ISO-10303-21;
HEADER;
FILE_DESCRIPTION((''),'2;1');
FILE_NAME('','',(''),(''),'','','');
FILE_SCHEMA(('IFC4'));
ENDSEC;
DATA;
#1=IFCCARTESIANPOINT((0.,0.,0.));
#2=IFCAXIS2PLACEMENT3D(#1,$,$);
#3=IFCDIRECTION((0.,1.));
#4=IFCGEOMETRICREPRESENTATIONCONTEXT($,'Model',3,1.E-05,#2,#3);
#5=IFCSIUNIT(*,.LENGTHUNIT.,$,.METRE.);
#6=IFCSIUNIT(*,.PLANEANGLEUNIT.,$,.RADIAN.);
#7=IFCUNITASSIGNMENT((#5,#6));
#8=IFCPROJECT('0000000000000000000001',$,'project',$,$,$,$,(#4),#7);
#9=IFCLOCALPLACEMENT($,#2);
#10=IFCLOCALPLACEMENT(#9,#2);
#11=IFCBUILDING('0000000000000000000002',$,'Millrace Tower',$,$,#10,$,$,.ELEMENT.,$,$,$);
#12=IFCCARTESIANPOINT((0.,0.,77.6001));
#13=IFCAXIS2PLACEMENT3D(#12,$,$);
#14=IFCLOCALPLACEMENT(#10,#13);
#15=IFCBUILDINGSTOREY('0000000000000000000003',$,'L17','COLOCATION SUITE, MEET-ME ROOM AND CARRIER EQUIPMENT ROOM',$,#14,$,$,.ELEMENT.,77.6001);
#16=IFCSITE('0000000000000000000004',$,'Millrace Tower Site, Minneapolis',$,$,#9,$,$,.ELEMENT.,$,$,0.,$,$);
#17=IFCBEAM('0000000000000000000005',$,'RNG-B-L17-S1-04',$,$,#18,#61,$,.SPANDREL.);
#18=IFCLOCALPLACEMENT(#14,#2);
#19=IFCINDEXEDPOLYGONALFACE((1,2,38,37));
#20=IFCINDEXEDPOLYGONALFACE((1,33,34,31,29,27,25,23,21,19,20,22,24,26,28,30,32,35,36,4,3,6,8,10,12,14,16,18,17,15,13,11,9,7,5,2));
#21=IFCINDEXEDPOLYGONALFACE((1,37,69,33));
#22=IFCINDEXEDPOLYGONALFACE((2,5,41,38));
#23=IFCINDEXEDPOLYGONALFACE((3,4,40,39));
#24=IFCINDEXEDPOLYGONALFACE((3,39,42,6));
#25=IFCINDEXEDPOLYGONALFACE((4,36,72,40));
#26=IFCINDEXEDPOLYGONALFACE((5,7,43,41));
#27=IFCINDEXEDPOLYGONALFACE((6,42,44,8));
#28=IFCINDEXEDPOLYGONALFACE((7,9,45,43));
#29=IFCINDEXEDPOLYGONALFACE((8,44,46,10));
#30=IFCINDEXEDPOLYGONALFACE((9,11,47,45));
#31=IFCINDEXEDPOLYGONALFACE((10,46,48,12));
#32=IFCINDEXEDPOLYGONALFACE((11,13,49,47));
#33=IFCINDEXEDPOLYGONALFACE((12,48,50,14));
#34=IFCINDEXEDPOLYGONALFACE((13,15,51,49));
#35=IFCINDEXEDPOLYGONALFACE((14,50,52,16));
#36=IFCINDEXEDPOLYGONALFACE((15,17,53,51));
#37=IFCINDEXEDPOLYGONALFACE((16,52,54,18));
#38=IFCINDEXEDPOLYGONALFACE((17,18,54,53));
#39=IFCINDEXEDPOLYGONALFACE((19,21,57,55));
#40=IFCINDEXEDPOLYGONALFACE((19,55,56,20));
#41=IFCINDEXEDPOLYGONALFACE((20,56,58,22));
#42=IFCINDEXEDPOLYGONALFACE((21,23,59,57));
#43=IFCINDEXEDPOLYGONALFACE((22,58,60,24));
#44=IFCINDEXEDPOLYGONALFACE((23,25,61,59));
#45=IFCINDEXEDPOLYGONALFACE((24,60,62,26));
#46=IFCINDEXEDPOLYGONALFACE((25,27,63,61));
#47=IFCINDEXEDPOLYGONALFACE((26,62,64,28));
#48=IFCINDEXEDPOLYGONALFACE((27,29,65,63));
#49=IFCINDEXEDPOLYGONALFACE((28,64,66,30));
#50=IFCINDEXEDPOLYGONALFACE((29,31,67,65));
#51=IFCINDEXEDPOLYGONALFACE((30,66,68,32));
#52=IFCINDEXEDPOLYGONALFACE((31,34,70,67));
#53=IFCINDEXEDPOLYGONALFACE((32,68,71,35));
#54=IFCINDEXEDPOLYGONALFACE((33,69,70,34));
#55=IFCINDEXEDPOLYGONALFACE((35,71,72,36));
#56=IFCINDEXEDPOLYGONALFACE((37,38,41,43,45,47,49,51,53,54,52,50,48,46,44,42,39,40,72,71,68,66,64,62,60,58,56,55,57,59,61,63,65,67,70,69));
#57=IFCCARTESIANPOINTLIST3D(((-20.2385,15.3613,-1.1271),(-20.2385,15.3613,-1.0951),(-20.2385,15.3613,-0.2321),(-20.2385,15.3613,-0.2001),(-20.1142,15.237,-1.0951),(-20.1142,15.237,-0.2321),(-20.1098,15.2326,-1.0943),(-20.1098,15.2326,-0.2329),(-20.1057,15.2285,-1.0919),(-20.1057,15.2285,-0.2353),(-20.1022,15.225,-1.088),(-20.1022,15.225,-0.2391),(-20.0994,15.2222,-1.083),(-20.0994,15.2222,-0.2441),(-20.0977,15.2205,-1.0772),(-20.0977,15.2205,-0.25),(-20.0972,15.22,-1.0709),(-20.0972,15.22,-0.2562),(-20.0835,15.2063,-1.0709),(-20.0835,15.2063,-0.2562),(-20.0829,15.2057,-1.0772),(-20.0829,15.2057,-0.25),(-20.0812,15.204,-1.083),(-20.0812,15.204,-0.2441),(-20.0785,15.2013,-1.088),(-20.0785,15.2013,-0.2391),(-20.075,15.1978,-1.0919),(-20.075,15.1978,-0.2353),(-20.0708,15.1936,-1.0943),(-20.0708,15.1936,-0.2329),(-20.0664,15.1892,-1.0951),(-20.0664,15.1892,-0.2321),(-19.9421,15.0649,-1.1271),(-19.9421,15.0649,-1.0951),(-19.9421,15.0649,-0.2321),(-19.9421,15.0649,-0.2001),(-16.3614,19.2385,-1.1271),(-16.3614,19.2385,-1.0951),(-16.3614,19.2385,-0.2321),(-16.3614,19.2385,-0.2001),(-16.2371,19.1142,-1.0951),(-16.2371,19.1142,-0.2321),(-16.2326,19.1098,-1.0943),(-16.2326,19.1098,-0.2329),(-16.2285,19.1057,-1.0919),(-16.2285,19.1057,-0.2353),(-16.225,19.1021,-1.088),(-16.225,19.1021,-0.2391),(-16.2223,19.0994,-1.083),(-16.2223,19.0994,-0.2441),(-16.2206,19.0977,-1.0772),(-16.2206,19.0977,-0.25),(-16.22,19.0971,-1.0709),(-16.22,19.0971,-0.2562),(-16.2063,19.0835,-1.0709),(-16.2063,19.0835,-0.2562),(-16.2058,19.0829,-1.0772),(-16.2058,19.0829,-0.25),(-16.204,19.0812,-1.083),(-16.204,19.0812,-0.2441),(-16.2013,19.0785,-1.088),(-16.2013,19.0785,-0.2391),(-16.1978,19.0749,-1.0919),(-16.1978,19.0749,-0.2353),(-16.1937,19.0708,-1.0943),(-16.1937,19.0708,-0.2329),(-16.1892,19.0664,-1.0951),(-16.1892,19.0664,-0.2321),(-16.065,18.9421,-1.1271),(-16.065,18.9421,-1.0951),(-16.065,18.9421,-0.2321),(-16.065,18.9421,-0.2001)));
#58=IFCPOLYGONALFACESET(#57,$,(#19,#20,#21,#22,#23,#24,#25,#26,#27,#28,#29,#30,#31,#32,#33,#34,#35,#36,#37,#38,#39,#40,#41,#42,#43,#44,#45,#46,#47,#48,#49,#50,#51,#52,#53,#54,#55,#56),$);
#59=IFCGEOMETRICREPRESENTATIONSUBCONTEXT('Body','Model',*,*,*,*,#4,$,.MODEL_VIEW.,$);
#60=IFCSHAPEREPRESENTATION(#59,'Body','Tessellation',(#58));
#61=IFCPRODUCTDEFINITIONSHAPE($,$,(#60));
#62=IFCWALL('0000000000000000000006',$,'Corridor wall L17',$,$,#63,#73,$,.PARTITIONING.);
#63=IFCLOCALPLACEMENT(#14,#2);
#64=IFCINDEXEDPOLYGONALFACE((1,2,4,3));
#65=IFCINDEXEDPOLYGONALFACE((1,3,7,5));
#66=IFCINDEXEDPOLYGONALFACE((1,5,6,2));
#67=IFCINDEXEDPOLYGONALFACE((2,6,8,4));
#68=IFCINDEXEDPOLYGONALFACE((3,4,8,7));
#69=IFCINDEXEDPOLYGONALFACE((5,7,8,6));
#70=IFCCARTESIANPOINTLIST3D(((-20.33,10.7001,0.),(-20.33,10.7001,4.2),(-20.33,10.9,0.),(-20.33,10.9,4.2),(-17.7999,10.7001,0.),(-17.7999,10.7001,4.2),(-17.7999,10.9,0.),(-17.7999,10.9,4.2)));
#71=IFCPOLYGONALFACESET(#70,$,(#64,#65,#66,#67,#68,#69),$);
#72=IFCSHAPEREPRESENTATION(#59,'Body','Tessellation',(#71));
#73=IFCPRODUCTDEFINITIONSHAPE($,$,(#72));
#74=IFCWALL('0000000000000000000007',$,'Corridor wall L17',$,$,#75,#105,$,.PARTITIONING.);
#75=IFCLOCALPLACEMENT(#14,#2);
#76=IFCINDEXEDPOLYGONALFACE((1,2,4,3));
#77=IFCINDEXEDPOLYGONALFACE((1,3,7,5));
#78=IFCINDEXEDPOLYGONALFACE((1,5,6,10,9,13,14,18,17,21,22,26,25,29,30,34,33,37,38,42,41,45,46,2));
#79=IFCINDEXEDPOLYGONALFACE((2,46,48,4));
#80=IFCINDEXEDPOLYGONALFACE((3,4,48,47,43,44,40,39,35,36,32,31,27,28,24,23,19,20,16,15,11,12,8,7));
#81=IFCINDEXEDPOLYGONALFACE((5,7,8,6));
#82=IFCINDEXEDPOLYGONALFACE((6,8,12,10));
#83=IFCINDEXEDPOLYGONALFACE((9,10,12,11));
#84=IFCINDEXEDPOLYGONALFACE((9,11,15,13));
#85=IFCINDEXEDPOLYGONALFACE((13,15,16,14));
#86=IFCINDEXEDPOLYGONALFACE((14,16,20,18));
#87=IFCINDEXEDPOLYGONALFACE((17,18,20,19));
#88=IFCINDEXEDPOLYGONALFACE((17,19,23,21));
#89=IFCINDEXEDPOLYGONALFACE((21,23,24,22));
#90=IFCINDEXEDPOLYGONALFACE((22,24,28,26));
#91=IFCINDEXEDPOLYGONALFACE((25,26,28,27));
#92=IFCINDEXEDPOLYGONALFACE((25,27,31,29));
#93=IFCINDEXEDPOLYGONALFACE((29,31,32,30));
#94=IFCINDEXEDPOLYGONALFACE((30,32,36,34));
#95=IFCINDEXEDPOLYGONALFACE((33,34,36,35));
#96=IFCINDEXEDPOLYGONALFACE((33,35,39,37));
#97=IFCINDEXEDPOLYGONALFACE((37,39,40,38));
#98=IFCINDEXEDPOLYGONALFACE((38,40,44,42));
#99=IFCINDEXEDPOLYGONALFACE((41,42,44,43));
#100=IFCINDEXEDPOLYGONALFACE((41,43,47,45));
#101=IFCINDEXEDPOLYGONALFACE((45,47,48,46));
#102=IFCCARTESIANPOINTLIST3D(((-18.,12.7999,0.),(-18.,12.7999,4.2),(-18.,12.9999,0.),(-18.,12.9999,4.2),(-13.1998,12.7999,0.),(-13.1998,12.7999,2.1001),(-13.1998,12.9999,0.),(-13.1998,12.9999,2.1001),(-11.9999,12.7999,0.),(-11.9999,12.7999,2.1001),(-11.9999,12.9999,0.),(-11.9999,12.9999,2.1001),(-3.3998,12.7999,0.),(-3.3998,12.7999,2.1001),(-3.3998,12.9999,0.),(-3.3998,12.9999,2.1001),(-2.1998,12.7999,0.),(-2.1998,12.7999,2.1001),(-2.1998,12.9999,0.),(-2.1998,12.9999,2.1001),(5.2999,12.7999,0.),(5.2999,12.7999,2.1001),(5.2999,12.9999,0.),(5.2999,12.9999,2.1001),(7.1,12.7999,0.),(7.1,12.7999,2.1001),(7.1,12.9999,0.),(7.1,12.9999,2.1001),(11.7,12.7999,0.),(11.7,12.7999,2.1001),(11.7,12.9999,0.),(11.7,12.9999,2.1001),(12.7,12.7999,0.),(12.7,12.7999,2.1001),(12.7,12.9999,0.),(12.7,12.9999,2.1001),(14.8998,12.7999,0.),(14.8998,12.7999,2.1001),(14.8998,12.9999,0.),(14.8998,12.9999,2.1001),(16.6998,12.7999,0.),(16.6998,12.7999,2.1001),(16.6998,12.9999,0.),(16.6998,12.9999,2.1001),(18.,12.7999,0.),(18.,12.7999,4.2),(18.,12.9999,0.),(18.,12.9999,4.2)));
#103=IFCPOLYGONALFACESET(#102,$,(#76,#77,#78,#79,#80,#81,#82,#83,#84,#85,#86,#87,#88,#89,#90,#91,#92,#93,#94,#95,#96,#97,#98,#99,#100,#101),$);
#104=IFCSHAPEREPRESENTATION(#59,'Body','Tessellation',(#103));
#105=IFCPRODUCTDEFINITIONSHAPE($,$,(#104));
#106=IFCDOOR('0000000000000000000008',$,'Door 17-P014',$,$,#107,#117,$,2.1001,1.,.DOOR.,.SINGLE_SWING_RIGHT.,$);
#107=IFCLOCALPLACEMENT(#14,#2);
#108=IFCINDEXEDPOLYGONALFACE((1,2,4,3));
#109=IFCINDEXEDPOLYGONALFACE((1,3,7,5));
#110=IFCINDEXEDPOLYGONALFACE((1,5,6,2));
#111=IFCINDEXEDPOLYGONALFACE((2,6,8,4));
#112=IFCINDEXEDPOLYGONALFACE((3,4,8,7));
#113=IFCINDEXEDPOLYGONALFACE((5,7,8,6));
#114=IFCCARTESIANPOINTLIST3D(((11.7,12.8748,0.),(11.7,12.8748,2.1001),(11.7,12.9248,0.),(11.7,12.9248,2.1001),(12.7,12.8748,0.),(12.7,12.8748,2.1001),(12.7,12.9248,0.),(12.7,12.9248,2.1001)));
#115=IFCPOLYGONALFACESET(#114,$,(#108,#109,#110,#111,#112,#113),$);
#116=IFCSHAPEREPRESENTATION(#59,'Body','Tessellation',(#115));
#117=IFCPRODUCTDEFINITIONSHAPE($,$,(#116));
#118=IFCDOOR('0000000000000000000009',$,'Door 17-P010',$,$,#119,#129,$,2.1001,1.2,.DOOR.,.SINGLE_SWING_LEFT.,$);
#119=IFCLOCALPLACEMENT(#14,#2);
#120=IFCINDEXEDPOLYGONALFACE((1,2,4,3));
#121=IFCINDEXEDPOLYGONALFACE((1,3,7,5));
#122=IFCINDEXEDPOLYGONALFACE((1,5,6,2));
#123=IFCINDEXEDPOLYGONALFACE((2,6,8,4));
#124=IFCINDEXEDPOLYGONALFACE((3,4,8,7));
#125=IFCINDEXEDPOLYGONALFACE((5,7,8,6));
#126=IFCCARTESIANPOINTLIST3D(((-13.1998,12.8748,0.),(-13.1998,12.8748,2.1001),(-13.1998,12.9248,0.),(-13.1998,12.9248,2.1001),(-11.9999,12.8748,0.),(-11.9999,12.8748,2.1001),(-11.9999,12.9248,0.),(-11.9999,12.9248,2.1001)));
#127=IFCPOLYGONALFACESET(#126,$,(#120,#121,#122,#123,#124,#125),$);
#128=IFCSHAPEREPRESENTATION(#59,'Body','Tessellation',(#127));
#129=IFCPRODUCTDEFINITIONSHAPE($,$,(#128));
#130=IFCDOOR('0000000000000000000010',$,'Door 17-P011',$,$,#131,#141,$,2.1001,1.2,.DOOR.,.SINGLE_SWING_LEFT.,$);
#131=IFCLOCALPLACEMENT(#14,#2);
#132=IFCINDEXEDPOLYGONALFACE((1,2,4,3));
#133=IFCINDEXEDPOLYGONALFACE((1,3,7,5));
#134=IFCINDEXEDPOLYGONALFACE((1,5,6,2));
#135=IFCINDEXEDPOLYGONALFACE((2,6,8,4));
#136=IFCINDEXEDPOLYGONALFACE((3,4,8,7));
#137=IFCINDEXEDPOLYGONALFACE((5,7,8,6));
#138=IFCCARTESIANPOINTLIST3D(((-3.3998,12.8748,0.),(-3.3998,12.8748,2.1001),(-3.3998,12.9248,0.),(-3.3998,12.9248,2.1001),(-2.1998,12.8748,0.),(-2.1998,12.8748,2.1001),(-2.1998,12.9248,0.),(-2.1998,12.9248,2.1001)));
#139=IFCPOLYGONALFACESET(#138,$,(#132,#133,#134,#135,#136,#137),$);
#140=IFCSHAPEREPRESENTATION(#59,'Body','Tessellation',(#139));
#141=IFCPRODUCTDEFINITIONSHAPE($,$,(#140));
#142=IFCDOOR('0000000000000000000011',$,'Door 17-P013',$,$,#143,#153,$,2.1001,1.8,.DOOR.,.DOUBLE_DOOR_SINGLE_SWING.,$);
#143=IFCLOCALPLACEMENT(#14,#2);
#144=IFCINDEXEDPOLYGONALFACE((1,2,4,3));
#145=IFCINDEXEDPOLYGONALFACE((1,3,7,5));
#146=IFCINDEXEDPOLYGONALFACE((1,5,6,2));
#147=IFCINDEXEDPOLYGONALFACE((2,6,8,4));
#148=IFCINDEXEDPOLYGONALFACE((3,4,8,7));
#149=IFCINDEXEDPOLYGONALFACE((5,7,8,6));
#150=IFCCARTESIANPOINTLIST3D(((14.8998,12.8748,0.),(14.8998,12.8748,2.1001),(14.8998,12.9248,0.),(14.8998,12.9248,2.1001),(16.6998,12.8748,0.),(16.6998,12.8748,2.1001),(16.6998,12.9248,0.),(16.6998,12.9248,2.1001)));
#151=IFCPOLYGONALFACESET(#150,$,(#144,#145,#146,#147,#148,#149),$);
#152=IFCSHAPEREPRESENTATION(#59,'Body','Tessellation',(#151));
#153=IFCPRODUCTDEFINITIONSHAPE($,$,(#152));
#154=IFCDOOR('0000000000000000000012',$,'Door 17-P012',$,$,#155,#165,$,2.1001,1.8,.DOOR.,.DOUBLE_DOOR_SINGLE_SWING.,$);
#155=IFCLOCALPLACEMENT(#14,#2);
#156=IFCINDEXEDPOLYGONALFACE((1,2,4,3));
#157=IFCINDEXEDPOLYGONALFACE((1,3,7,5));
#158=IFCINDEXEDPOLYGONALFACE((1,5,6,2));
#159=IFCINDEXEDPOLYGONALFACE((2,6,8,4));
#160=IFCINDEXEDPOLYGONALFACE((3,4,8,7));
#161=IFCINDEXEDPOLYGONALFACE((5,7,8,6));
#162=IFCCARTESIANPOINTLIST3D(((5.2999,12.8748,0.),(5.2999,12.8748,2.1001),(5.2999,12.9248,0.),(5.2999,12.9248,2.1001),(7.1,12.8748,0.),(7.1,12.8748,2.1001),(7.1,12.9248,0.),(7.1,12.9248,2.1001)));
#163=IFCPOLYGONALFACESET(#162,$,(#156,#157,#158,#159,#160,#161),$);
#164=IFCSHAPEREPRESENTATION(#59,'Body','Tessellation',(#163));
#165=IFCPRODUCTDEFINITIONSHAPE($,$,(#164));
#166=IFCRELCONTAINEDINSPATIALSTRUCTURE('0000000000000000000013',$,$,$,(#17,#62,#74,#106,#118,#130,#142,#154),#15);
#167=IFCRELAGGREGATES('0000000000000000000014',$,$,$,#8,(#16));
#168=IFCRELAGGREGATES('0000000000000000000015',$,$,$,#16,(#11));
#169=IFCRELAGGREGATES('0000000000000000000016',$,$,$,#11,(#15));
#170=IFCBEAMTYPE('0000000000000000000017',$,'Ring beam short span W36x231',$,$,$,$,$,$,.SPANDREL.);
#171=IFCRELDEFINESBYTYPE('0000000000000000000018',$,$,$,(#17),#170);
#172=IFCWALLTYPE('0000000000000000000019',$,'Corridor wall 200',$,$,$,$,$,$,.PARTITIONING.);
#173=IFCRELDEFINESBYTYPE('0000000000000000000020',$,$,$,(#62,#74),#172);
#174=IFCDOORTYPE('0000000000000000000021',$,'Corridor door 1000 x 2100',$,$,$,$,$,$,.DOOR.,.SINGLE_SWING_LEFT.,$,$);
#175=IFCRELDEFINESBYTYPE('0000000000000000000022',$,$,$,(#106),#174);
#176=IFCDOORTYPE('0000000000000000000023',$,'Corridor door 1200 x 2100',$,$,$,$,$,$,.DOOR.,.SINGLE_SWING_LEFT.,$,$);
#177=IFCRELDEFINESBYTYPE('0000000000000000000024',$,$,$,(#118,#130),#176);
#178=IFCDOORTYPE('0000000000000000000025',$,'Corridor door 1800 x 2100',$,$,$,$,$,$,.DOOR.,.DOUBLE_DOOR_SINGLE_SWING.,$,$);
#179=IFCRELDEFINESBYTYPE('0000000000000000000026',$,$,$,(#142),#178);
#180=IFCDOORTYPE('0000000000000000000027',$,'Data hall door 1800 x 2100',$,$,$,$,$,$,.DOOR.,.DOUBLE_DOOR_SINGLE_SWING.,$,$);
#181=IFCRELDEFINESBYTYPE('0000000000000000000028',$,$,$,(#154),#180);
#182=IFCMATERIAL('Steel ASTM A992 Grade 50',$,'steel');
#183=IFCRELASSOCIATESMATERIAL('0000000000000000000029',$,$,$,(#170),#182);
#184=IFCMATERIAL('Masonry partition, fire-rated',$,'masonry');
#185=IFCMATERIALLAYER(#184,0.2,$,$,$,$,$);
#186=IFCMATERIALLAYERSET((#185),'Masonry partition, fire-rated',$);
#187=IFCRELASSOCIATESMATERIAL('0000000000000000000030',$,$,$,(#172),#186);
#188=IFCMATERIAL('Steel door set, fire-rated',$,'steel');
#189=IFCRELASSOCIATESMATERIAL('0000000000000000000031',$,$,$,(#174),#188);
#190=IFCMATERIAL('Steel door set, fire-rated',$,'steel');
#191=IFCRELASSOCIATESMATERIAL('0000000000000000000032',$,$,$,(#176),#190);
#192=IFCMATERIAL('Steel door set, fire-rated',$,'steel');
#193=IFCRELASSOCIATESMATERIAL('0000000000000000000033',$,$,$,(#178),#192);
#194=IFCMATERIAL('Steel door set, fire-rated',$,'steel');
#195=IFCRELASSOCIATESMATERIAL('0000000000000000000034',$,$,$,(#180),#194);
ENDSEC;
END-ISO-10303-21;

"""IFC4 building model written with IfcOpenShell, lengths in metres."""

from ifc_helpers import new_model, si_unit, direction, frame, frame_2d, origin, origin_2d, place, context, subcontext, project, spatial, rectangle, i_section, extrude, material, layer, layer_set, material_profile, profile_set, type_object, element, fill, save


model = new_model("IFC4")

# Units and contexts
model_context = context("Model", 3, precision=1e-05, world=origin(), true_north=direction((0.0, 1.0)))
body_context = subcontext(model_context, "Body", "Model", "MODEL_VIEW")
ifc_project = project(units=[si_unit("LENGTHUNIT", "METRE"), si_unit("PLANEANGLEUNIT", "RADIAN")], contexts=[model_context])

# Site, building, storey
site_placement = place(None, origin())
site = spatial("IfcSite", under=ifc_project, at=site_placement, Name="Millrace Tower Site, Minneapolis", CompositionType="ELEMENT", RefElevation=0.0)
building_placement = place(site_placement, origin())
building = spatial("IfcBuilding", under=site, at=building_placement, Name="Millrace Tower", CompositionType="ELEMENT")
storey_placement = place(building_placement, frame((0.0, 0.0, 77.6001)))
storey = spatial("IfcBuildingStorey", under=building, at=storey_placement, Name="L17", Description="COLOCATION SUITE, MEET-ME ROOM AND CARRIER EQUIPMENT ROOM", CompositionType="ELEMENT", Elevation=77.6001)

# Beam
ifc_material_1 = material(Name="Steel ASTM A992 Grade 50", Category="steel")
ifc_material_profile_1 = material_profile(ifc_material_1, i_section(OverallWidth=0.4192, OverallDepth=0.927, WebThickness=0.0193, FlangeThickness=0.032, FilletRadius=0.0242, at=origin_2d()))
ifc_profile_set_1 = profile_set([ifc_material_profile_1], Name="Steel ASTM A992 Grade 50")
beam_type_1 = type_object("IfcBeamType", Name="Ring beam short span W36x231", PredefinedType="SPANDREL", material=ifc_profile_set_1)
beam_1_placement = place(storey_placement, frame((-20.0903, 15.2131, -0.6636), z_axis=(0.707107, 0.707107, 0.0), x_axis=(-0.707107, 0.707107, 0.0)))
element("IfcBeam", 1, at=beam_1_placement, inside=storey, type_object=beam_type_1, Name="RNG-B-L17-S1-04", PredefinedType="SPANDREL", context=body_context, shape_type="SweptSolid", body=[
    extrude(i_section(OverallWidth=0.4192, OverallDepth=0.927, WebThickness=0.0193, FlangeThickness=0.032, FilletRadius=0.0242, at=origin_2d()), origin(), (0.0, 0.0, 1.0), 5.4832),
])

# Wall
ifc_material_2 = material(Name="Masonry partition, fire-rated", Category="masonry")
ifc_layer_1 = layer(ifc_material_2, 0.2)
ifc_layer_set_1 = layer_set([ifc_layer_1], Name="Masonry partition, fire-rated")
wall_type = type_object("IfcWallType", Name="Corridor wall 200", PredefinedType="PARTITIONING", material=ifc_layer_set_1)
wall_1_placement = place(storey_placement, frame((-20.3301, 10.8, 0.0), z_axis=(0.0, 0.0, 1.0), x_axis=(1.0, 0.0, 0.0)))
element("IfcWall", 2, at=wall_1_placement, inside=storey, type_object=wall_type, Name="Corridor wall L17", PredefinedType="PARTITIONING", context=body_context, shape_type="SweptSolid", body=[
    extrude(rectangle(XDim=2.53, YDim=0.2, at=frame_2d((1.2651, 0.0))), origin(), (0.0, 0.0, 1.0), 4.2),
])

# Wall, openings, doors
wall_2_placement = place(storey_placement, frame((-18.0, 12.8999, 0.0), z_axis=(0.0, 0.0, 1.0), x_axis=(1.0, 0.0, 0.0)))
wall_2 = element("IfcWall", 3, at=wall_2_placement, inside=storey, type_object=wall_type, Name="Corridor wall L17", PredefinedType="PARTITIONING", context=body_context, shape_type="SweptSolid", body=[
    extrude(rectangle(XDim=36.0, YDim=0.2, at=frame_2d((18.0, 0.0))), origin(), (0.0, 0.0, 1.0), 4.2),
])
opening_1_placement = place(wall_2_placement, frame((4.8, 0.0, 0.0)))
opening_1 = element("IfcOpeningElement", 4, at=opening_1_placement, cuts=wall_2, PredefinedType="OPENING", context=body_context, shape_type="SweptSolid", body=[
    extrude(rectangle(XDim=1.2, YDim=2.1001, at=frame_2d((0.6001, 1.05))), frame((0.0, 0.1099, 0.0), z_axis=(0.0, -1.0, 0.0), x_axis=(1.0, 0.0, 0.0)), (0.0, 0.0, 1.0), 0.22),
])
opening_2_placement = place(wall_2_placement, frame((14.6001, 0.0, 0.0)))
opening_2 = element("IfcOpeningElement", 5, at=opening_2_placement, cuts=wall_2, PredefinedType="OPENING", context=body_context, shape_type="SweptSolid", body=[
    extrude(rectangle(XDim=1.2, YDim=2.1001, at=frame_2d((0.6001, 1.05))), frame((0.0, 0.1099, 0.0), z_axis=(0.0, -1.0, 0.0), x_axis=(1.0, 0.0, 0.0)), (0.0, 0.0, 1.0), 0.22),
])
opening_3_placement = place(wall_2_placement, frame((23.3, 0.0, 0.0)))
opening_3 = element("IfcOpeningElement", 6, at=opening_3_placement, cuts=wall_2, PredefinedType="OPENING", context=body_context, shape_type="SweptSolid", body=[
    extrude(rectangle(XDim=1.8, YDim=2.1001, at=frame_2d((0.8999, 1.05))), frame((0.0, 0.1099, 0.0), z_axis=(0.0, -1.0, 0.0), x_axis=(1.0, 0.0, 0.0)), (0.0, 0.0, 1.0), 0.22),
])
opening_4_placement = place(wall_2_placement, frame((32.8999, 0.0, 0.0)))
opening_4 = element("IfcOpeningElement", 7, at=opening_4_placement, cuts=wall_2, PredefinedType="OPENING", context=body_context, shape_type="SweptSolid", body=[
    extrude(rectangle(XDim=1.8, YDim=2.1001, at=frame_2d((0.8999, 1.05))), frame((0.0, 0.1099, 0.0), z_axis=(0.0, -1.0, 0.0), x_axis=(1.0, 0.0, 0.0)), (0.0, 0.0, 1.0), 0.22),
])
opening_5_placement = place(wall_2_placement, frame((29.7, 0.0, 0.0)))
opening_5 = element("IfcOpeningElement", 8, at=opening_5_placement, cuts=wall_2, PredefinedType="OPENING", context=body_context, shape_type="SweptSolid", body=[
    extrude(rectangle(XDim=1.0, YDim=2.1001, at=frame_2d((0.5, 1.05))), frame((0.0, 0.1099, 0.0), z_axis=(0.0, -1.0, 0.0), x_axis=(1.0, 0.0, 0.0)), (0.0, 0.0, 1.0), 0.22),
])
ifc_material_3 = material(Name="Steel door set, fire-rated", Category="steel")
door_type_1 = type_object("IfcDoorType", Name="Corridor door 1000 x 2100", OperationType="SINGLE_SWING_LEFT", PredefinedType="DOOR", material=ifc_material_3)
door_1_placement = place(opening_5_placement, origin())
door_1 = element("IfcDoor", 9, at=door_1_placement, inside=storey, type_object=door_type_1, Name="Door 17-P014", OperationType="SINGLE_SWING_RIGHT", OverallHeight=2.1001, OverallWidth=1.0, PredefinedType="DOOR", context=body_context, shape_type="SweptSolid", body=[
    extrude(rectangle(XDim=1.0, YDim=2.1001, at=frame_2d((0.5, 1.05))), frame((0.0, 0.0249, 0.0), z_axis=(0.0, -1.0, 0.0), x_axis=(1.0, 0.0, 0.0)), (0.0, 0.0, 1.0), 0.05),
])
fill(opening_5, door_1)
ifc_material_4 = material(Name="Steel door set, fire-rated", Category="steel")
door_type_2 = type_object("IfcDoorType", Name="Corridor door 1200 x 2100", OperationType="SINGLE_SWING_LEFT", PredefinedType="DOOR", material=ifc_material_4)
door_2_placement = place(opening_1_placement, origin())
door_2 = element("IfcDoor", 10, at=door_2_placement, inside=storey, type_object=door_type_2, Name="Door 17-P010", OperationType="SINGLE_SWING_LEFT", OverallHeight=2.1001, OverallWidth=1.2, PredefinedType="DOOR", context=body_context, shape_type="SweptSolid", body=[
    extrude(rectangle(XDim=1.2, YDim=2.1001, at=frame_2d((0.6001, 1.05))), frame((0.0, 0.0249, 0.0), z_axis=(0.0, -1.0, 0.0), x_axis=(1.0, 0.0, 0.0)), (0.0, 0.0, 1.0), 0.05),
])
fill(opening_1, door_2)
door_3_placement = place(opening_2_placement, origin())
door_3 = element("IfcDoor", 11, at=door_3_placement, inside=storey, type_object=door_type_2, Name="Door 17-P011", OperationType="SINGLE_SWING_LEFT", OverallHeight=2.1001, OverallWidth=1.2, PredefinedType="DOOR", context=body_context, shape_type="SweptSolid", body=[
    extrude(rectangle(XDim=1.2, YDim=2.1001, at=frame_2d((0.6001, 1.05))), frame((0.0, 0.0249, 0.0), z_axis=(0.0, -1.0, 0.0), x_axis=(1.0, 0.0, 0.0)), (0.0, 0.0, 1.0), 0.05),
])
fill(opening_2, door_3)
ifc_material_5 = material(Name="Steel door set, fire-rated", Category="steel")
door_type_3 = type_object("IfcDoorType", Name="Corridor door 1800 x 2100", OperationType="DOUBLE_DOOR_SINGLE_SWING", PredefinedType="DOOR", material=ifc_material_5)
door_4_placement = place(opening_4_placement, origin())
door_4 = element("IfcDoor", 12, at=door_4_placement, inside=storey, type_object=door_type_3, Name="Door 17-P013", OperationType="DOUBLE_DOOR_SINGLE_SWING", OverallHeight=2.1001, OverallWidth=1.8, PredefinedType="DOOR", context=body_context, shape_type="SweptSolid", body=[
    extrude(rectangle(XDim=1.8, YDim=2.1001, at=frame_2d((0.8999, 1.05))), frame((0.0, 0.0249, 0.0), z_axis=(0.0, -1.0, 0.0), x_axis=(1.0, 0.0, 0.0)), (0.0, 0.0, 1.0), 0.05),
])
fill(opening_4, door_4)
ifc_material_6 = material(Name="Steel door set, fire-rated", Category="steel")
door_type_4 = type_object("IfcDoorType", Name="Data hall door 1800 x 2100", OperationType="DOUBLE_DOOR_SINGLE_SWING", PredefinedType="DOOR", material=ifc_material_6)
door_5_placement = place(opening_3_placement, origin())
door_5 = element("IfcDoor", 13, at=door_5_placement, inside=storey, type_object=door_type_4, Name="Door 17-P012", OperationType="DOUBLE_DOOR_SINGLE_SWING", OverallHeight=2.1001, OverallWidth=1.8, PredefinedType="DOOR", context=body_context, shape_type="SweptSolid", body=[
    extrude(rectangle(XDim=1.8, YDim=2.1001, at=frame_2d((0.8999, 1.05))), frame((0.0, 0.0249, 0.0), z_axis=(0.0, -1.0, 0.0), x_axis=(1.0, 0.0, 0.0)), (0.0, 0.0, 1.0), 0.05),
])
fill(opening_3, door_5)

save(model, "model.ifc")
